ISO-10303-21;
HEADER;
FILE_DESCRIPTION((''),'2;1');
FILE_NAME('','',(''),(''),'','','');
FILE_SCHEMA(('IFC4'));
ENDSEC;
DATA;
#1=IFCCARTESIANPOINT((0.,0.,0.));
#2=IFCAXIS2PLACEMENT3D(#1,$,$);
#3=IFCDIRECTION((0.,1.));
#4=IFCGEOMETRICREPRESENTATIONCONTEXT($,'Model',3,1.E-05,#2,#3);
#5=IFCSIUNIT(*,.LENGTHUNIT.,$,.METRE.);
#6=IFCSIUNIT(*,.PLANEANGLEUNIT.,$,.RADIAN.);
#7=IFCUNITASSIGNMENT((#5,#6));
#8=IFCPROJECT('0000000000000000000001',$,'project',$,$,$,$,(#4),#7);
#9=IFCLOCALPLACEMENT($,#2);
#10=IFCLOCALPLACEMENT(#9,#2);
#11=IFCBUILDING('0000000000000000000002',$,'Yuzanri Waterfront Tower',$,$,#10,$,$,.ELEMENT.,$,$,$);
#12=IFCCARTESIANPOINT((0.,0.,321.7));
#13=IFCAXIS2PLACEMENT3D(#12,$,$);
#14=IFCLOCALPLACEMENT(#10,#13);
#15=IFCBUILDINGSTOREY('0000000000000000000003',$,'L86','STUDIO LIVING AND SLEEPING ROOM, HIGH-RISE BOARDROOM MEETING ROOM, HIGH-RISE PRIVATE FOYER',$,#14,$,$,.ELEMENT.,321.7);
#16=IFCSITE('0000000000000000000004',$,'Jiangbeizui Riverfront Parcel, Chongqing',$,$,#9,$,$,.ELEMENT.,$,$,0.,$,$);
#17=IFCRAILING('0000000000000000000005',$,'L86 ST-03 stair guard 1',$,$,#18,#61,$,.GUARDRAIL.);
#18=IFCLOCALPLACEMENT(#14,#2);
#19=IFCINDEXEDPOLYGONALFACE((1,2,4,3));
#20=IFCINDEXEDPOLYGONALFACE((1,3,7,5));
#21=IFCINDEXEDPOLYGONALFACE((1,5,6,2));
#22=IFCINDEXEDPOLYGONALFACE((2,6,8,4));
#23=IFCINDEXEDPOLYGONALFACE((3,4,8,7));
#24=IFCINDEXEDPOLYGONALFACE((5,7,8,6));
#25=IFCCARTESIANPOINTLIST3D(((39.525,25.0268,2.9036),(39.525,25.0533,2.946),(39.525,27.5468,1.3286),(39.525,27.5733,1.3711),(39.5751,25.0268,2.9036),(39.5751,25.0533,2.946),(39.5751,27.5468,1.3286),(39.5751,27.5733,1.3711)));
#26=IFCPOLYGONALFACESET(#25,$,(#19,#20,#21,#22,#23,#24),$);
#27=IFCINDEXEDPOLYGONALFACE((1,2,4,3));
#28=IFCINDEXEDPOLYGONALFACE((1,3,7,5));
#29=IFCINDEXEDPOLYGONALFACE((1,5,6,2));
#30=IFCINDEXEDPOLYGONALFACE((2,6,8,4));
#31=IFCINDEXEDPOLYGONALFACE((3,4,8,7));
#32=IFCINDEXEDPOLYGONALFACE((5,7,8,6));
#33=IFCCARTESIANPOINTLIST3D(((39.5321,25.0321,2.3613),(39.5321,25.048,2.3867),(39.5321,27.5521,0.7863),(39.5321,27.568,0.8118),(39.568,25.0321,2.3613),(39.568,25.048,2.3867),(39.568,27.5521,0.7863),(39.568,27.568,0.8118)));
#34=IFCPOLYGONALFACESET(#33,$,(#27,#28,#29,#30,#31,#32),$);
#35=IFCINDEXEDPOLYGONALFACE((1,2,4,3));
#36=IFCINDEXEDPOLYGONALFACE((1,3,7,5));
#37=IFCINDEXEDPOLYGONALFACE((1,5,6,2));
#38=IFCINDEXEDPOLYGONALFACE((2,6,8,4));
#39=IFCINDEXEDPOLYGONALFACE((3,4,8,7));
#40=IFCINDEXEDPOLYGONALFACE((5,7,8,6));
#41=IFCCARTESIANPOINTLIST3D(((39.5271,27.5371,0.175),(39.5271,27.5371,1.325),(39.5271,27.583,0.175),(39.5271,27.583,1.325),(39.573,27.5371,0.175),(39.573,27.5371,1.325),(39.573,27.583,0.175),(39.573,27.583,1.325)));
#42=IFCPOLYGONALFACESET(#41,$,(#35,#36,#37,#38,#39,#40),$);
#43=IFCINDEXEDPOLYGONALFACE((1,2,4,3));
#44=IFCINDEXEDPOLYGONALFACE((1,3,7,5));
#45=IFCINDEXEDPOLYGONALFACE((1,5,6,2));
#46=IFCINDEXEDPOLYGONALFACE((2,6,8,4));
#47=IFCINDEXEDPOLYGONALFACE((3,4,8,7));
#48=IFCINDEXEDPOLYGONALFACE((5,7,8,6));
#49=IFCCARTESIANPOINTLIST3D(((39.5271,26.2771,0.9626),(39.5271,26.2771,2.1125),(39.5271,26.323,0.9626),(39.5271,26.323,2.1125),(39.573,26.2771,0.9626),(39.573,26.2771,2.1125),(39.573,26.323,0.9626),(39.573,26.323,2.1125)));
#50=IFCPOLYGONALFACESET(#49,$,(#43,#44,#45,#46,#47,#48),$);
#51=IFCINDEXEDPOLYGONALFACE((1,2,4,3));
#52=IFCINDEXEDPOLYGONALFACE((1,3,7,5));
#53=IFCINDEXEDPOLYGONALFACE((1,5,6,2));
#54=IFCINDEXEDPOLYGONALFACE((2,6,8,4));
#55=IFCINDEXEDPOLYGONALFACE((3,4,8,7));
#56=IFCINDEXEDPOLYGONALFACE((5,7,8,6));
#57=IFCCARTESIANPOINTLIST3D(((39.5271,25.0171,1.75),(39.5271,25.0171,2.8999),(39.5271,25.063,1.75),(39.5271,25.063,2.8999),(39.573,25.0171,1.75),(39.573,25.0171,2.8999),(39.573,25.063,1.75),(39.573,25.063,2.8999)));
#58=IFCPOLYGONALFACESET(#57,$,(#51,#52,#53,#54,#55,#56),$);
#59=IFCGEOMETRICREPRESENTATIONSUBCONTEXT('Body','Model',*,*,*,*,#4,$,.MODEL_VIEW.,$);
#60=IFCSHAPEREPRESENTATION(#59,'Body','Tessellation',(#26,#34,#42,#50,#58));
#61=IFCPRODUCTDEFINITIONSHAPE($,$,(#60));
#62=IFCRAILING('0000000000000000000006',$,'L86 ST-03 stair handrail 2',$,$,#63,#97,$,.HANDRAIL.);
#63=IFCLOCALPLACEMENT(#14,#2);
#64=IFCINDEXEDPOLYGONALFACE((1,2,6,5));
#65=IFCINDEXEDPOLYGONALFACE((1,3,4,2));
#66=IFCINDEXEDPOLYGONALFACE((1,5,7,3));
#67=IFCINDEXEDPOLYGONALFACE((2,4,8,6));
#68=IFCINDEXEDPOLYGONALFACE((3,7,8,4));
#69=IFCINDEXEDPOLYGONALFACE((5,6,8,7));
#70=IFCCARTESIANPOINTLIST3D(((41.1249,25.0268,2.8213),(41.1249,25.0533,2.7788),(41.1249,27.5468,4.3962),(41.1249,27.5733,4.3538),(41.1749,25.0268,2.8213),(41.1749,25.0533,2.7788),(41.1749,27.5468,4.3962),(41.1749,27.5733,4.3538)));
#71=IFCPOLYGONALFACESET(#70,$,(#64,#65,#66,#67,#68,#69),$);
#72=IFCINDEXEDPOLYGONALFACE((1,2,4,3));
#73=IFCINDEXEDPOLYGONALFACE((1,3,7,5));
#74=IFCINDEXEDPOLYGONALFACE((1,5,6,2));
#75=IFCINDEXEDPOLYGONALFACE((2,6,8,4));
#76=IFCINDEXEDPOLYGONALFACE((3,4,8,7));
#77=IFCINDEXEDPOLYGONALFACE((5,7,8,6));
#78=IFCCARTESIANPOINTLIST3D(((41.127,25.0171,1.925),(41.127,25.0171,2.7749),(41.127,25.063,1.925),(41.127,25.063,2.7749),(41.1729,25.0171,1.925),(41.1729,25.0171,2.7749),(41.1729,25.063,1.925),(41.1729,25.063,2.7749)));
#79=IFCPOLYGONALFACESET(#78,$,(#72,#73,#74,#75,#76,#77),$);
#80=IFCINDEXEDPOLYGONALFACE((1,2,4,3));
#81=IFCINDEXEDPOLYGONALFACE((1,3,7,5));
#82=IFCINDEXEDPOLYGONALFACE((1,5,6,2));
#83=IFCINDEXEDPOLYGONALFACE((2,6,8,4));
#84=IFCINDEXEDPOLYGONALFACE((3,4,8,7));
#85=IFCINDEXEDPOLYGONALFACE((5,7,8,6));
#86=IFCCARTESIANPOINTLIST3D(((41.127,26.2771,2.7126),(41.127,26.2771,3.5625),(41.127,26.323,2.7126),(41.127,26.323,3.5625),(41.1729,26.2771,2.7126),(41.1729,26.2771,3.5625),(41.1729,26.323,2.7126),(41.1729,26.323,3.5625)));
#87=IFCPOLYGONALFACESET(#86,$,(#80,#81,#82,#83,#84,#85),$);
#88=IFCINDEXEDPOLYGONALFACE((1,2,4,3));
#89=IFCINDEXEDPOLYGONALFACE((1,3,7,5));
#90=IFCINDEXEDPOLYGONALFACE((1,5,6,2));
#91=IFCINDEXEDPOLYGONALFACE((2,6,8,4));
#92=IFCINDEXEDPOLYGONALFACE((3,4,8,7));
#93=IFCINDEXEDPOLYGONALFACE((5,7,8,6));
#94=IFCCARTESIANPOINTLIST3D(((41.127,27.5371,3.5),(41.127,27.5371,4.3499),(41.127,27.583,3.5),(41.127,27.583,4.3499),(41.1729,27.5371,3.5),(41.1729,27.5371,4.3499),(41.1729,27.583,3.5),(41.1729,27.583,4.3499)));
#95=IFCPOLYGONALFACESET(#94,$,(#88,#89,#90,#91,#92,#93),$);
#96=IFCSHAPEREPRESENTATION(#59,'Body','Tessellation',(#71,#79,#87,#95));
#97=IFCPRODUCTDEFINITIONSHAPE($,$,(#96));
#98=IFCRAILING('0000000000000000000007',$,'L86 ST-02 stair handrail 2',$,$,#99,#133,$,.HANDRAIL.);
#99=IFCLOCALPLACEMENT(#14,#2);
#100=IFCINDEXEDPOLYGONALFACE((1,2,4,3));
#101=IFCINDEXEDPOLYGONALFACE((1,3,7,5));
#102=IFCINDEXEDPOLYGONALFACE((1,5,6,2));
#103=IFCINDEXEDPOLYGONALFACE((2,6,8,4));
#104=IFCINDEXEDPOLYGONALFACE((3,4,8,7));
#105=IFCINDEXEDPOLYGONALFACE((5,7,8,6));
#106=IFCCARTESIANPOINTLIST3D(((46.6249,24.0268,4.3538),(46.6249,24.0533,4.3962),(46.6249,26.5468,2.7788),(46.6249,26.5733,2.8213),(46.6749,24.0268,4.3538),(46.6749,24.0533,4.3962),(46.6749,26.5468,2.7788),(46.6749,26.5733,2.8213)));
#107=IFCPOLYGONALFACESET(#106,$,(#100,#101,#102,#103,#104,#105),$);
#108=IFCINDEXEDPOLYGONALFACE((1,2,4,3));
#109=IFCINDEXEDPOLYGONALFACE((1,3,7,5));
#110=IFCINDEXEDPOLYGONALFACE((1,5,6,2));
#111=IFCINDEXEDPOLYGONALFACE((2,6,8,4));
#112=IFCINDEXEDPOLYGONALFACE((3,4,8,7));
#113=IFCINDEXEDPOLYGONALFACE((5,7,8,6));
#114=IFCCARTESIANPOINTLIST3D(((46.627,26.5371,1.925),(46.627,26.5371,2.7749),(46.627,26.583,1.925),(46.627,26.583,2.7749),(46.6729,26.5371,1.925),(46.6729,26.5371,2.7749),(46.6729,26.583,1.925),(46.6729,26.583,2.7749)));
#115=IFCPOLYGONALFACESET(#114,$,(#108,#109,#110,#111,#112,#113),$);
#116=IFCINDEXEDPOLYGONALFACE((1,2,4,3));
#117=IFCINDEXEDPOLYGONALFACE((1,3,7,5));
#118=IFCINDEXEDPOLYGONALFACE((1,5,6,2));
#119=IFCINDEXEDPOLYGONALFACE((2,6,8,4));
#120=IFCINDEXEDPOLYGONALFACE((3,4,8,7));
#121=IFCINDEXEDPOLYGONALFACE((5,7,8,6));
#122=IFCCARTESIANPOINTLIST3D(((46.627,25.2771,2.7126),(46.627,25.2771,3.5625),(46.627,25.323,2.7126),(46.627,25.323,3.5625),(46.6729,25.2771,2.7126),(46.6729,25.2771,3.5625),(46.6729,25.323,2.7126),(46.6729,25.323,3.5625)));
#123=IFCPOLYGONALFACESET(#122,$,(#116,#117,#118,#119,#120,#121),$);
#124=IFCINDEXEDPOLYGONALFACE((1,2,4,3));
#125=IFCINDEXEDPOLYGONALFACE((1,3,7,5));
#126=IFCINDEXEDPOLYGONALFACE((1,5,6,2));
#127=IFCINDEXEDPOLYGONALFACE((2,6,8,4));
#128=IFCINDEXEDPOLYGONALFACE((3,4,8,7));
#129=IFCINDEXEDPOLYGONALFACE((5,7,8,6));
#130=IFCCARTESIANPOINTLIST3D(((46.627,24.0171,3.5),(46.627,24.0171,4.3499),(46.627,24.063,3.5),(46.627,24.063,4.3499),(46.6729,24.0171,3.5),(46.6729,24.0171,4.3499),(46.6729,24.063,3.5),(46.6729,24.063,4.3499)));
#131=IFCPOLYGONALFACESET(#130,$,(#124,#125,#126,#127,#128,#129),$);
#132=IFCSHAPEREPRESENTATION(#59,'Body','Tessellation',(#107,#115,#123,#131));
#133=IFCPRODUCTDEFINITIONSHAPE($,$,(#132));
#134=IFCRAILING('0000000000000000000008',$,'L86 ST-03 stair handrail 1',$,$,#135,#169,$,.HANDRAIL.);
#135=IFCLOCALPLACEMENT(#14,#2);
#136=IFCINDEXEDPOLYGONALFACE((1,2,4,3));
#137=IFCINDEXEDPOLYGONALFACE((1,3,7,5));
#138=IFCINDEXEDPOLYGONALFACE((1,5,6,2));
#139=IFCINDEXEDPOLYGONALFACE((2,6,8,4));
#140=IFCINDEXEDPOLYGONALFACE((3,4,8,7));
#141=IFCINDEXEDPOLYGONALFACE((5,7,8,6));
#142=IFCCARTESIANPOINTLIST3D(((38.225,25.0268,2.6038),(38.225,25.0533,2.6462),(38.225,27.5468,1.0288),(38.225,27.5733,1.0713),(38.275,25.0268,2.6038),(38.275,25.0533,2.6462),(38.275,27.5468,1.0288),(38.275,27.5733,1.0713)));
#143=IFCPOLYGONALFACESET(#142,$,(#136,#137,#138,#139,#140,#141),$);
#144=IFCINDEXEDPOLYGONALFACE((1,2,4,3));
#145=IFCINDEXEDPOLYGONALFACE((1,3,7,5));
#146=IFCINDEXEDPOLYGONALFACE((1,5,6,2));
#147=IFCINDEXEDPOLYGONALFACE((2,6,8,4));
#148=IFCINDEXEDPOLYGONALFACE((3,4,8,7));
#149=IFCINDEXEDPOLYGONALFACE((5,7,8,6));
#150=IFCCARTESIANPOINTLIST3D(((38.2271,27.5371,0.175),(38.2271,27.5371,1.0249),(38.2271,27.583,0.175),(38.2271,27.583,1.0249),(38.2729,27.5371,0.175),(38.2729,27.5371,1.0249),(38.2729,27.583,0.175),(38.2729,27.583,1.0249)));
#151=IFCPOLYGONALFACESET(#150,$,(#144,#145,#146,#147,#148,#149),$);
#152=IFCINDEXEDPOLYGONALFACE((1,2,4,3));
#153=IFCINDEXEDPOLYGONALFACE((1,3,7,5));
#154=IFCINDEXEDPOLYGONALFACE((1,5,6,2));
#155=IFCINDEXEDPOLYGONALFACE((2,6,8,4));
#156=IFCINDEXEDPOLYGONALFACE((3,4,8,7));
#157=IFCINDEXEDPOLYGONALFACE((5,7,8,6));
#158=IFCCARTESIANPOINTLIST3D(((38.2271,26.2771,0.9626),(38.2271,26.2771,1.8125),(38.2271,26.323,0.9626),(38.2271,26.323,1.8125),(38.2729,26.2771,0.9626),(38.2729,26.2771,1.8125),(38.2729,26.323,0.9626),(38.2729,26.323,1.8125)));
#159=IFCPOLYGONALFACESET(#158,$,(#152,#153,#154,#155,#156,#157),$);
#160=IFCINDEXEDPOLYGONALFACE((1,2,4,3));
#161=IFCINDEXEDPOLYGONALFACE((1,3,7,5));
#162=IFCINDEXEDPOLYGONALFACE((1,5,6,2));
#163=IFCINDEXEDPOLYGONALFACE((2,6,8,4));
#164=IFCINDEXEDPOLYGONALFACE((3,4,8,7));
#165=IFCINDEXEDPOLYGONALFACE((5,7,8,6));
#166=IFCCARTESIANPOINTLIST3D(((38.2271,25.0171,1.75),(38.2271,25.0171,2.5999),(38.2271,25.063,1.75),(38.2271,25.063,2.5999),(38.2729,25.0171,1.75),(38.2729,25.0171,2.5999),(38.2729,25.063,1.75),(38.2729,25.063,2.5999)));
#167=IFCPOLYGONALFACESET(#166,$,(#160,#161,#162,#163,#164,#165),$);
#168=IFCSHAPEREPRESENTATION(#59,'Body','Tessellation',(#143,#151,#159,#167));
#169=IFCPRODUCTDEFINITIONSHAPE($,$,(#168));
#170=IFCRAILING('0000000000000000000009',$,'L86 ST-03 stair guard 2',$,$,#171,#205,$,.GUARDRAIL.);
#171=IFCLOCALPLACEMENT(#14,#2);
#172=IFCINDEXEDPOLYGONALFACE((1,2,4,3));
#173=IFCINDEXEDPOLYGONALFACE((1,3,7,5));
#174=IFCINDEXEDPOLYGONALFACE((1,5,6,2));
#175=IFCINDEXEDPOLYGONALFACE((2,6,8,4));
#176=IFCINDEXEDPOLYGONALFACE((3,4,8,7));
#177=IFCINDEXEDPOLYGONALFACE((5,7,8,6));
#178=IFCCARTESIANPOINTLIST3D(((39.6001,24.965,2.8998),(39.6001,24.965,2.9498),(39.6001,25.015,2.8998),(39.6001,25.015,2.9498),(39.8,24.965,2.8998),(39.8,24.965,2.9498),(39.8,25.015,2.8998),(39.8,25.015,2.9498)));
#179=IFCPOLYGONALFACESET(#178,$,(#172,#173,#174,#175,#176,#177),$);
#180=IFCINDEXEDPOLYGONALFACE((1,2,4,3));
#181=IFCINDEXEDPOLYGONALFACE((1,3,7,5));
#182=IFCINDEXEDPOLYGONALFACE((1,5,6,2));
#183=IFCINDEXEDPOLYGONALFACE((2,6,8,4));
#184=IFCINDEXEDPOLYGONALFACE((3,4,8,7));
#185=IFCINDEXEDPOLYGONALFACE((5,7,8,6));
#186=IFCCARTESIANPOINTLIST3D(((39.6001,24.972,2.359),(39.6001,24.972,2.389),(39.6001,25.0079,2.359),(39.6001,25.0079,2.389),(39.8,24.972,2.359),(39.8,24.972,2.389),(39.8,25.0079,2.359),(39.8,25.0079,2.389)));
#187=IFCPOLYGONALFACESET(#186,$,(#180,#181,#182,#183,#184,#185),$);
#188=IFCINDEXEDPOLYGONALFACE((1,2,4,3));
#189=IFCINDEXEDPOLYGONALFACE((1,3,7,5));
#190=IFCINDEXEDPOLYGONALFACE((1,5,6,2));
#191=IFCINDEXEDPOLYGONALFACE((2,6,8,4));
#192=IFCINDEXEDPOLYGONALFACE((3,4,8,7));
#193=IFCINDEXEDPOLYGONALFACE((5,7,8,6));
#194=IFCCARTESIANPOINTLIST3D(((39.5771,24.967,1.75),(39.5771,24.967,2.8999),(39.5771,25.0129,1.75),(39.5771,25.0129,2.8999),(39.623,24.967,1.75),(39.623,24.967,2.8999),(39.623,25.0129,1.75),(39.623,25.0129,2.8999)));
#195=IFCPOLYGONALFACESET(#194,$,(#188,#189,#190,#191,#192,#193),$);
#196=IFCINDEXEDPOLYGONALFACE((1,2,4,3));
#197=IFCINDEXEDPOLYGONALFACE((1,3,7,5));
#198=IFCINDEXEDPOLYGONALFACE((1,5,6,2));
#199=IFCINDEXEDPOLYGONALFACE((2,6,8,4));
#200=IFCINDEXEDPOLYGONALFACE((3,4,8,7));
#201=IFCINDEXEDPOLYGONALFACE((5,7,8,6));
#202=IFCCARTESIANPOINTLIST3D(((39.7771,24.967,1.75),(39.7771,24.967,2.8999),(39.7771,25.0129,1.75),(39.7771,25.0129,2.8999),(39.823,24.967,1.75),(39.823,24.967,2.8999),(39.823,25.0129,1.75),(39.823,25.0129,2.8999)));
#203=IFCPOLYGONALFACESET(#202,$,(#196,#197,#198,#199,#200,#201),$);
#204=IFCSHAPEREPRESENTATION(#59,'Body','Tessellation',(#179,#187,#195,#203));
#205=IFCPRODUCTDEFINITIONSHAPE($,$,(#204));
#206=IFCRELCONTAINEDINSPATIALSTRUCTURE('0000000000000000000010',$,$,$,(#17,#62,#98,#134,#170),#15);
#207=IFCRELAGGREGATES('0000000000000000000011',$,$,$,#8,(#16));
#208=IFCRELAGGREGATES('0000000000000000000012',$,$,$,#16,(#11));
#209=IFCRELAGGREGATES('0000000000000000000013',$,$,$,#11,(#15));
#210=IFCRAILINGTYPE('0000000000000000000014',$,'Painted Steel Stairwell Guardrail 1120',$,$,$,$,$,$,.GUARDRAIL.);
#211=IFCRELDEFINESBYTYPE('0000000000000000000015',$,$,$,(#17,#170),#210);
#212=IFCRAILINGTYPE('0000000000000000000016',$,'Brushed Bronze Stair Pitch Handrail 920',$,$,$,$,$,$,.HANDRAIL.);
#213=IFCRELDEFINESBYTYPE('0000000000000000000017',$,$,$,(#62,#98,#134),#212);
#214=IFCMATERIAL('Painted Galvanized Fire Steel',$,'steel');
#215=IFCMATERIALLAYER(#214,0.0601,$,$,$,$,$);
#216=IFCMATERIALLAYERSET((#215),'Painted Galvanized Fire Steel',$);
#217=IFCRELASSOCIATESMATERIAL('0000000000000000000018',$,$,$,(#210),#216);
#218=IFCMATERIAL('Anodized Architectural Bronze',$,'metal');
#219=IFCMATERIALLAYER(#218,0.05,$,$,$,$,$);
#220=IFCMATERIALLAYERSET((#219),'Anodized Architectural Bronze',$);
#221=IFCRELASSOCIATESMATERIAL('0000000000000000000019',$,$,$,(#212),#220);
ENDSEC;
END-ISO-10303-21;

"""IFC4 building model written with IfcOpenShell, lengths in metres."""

from ifc_helpers import new_model, si_unit, direction, frame, origin, origin_2d, place, context, subcontext, project, spatial, rectangle, extrude, source, transform, mapped, material, layer, layer_set, type_object, element, save


model = new_model("IFC4")

# Units and contexts
model_context = context("Model", 3, precision=1e-05, world=origin(), true_north=direction((0.0, 1.0)))
body_context = subcontext(model_context, "Body", "Model", "MODEL_VIEW")
ifc_project = project(units=[si_unit("LENGTHUNIT", "METRE"), si_unit("PLANEANGLEUNIT", "RADIAN")], contexts=[model_context])

# Site, building, storey
site_placement = place(None, origin())
site = spatial("IfcSite", under=ifc_project, at=site_placement, Name="Jiangbeizui Riverfront Parcel, Chongqing", CompositionType="ELEMENT", RefElevation=0.0)
building_placement = place(site_placement, origin())
building = spatial("IfcBuilding", under=site, at=building_placement, Name="Yuzanri Waterfront Tower", CompositionType="ELEMENT")
storey_placement = place(building_placement, frame((0.0, 0.0, 321.7)))
storey = spatial("IfcBuildingStorey", under=building, at=storey_placement, Name="L86", Description="STUDIO LIVING AND SLEEPING ROOM, HIGH-RISE BOARDROOM MEETING ROOM, HIGH-RISE PRIVATE FOYER", CompositionType="ELEMENT", Elevation=321.7)

# Railings
ifc_material_1 = material(Name="Painted Galvanized Fire Steel", Category="steel")
ifc_layer_1 = layer(ifc_material_1, 0.0601)
ifc_layer_set_1 = layer_set([ifc_layer_1], Name="Painted Galvanized Fire Steel")
railing_type_1 = type_object("IfcRailingType", Name="Painted Steel Stairwell Guardrail 1120", PredefinedType="GUARDRAIL", material=ifc_layer_set_1)
shared_shape_1 = source(origin(), body_context, "Body", "SweptSolid", [
    extrude(rectangle(XDim=0.05, YDim=0.05, at=origin_2d()), frame((0.0, 0.0, 1.1748), z_axis=(0.0, -0.848008, 0.529984), x_axis=(1.0, 0.0, 0.0)), (0.0, 0.0, 1.0), 2.9717),
    extrude(rectangle(XDim=0.0359, YDim=0.03, at=origin_2d()), frame((0.0, 0.0, 0.624), z_axis=(0.0, -0.848008, 0.529984), x_axis=(1.0, 0.0, 0.0)), (0.0, 0.0, 1.0), 2.9717),
    extrude(rectangle(XDim=0.0459, YDim=0.0459, at=origin_2d()), origin(), (0.0, 0.0, 1.0), 1.1499),
    extrude(rectangle(XDim=0.0459, YDim=0.0459, at=origin_2d()), frame((0.0, -1.26, 0.7876)), (0.0, 0.0, 1.0), 1.1499),
    extrude(rectangle(XDim=0.0459, YDim=0.0459, at=origin_2d()), frame((0.0, -2.52, 1.575)), (0.0, 0.0, 1.0), 1.1499),
])
railing_1_placement = place(storey_placement, frame((39.55, 27.5601, 0.175)))
element("IfcRailing", 1, at=railing_1_placement, inside=storey, type_object=railing_type_1, Name="L86 ST-03 stair guard 1", PredefinedType="GUARDRAIL", context=body_context, shape_type="MappedRepresentation", body=[
    mapped(shared_shape_1, transform((0.0, 0.0, 0.0), scale=1.0)),
])
ifc_material_2 = material(Name="Anodized Architectural Bronze", Category="metal")
ifc_layer_2 = layer(ifc_material_2, 0.05)
ifc_layer_set_2 = layer_set([ifc_layer_2], Name="Anodized Architectural Bronze")
railing_type_2 = type_object("IfcRailingType", Name="Brushed Bronze Stair Pitch Handrail 920", PredefinedType="HANDRAIL", material=ifc_layer_set_2)
shared_shape_2 = source(origin(), body_context, "Body", "SweptSolid", [
    extrude(rectangle(XDim=0.05, YDim=0.05, at=origin_2d()), frame((0.0, 0.0, 0.875), z_axis=(0.0, 0.848008, 0.529984), x_axis=(-1.0, 0.0, 0.0)), (0.0, 0.0, 1.0), 2.9717),
    extrude(rectangle(XDim=0.0459, YDim=0.0459, at=origin_2d()), origin(), (0.0, 0.0, 1.0), 0.8499),
    extrude(rectangle(XDim=0.0459, YDim=0.0459, at=origin_2d()), frame((0.0, 1.26, 0.7876)), (0.0, 0.0, 1.0), 0.8499),
    extrude(rectangle(XDim=0.0459, YDim=0.0459, at=origin_2d()), frame((0.0, 2.52, 1.575)), (0.0, 0.0, 1.0), 0.8499),
])
railing_2_placement = place(storey_placement, frame((41.1499, 25.04, 1.925)))
element("IfcRailing", 2, at=railing_2_placement, inside=storey, type_object=railing_type_2, Name="L86 ST-03 stair handrail 2", PredefinedType="HANDRAIL", context=body_context, shape_type="MappedRepresentation", body=[
    mapped(shared_shape_2, transform((0.0, 0.0, 0.0), scale=1.0)),
])
shared_shape_3 = source(origin(), body_context, "Body", "SweptSolid", [
    extrude(rectangle(XDim=0.05, YDim=0.05, at=origin_2d()), frame((0.0, 0.0, 0.875), z_axis=(0.0, -0.848008, 0.529984), x_axis=(1.0, 0.0, 0.0)), (0.0, 0.0, 1.0), 2.9717),
    extrude(rectangle(XDim=0.0459, YDim=0.0459, at=origin_2d()), origin(), (0.0, 0.0, 1.0), 0.8499),
    extrude(rectangle(XDim=0.0459, YDim=0.0459, at=origin_2d()), frame((0.0, -1.26, 0.7876)), (0.0, 0.0, 1.0), 0.8499),
    extrude(rectangle(XDim=0.0459, YDim=0.0459, at=origin_2d()), frame((0.0, -2.52, 1.575)), (0.0, 0.0, 1.0), 0.8499),
])
for number, where, name in (
    (3, (46.6499, 26.5601, 1.925), "L86 ST-02 stair handrail 2"),
    (4, (38.25, 27.5601, 0.175), "L86 ST-03 stair handrail 1"),
):
    element("IfcRailing", number, at=place(storey_placement, frame(where)), inside=storey, type_object=railing_type_2, Name=name, PredefinedType="HANDRAIL", context=body_context, shape_type="MappedRepresentation", body=[
        mapped(shared_shape_3, transform((0.0, 0.0, 0.0), scale=1.0)),
    ])
shared_shape_4 = source(origin(), body_context, "Body", "SweptSolid", [
    extrude(rectangle(XDim=0.05, YDim=0.05, at=origin_2d()), frame((0.0, 0.0, 1.1748), z_axis=(1.0, 0.0, 0.0), x_axis=(0.0, 1.0, 0.0)), (0.0, 0.0, 1.0), 0.2),
    extrude(rectangle(XDim=0.0359, YDim=0.03, at=origin_2d()), frame((0.0, 0.0, 0.624), z_axis=(1.0, 0.0, 0.0), x_axis=(0.0, 1.0, 0.0)), (0.0, 0.0, 1.0), 0.2),
    extrude(rectangle(XDim=0.0459, YDim=0.0459, at=origin_2d()), origin(), (0.0, 0.0, 1.0), 1.1499),
    extrude(rectangle(XDim=0.0459, YDim=0.0459, at=origin_2d()), frame((0.2, 0.0, 0.0)), (0.0, 0.0, 1.0), 1.1499),
])
for number, where, name in (
    (5, (39.6001, 24.99, 1.75), "L86 ST-03 stair guard 2"),
):
    element("IfcRailing", number, at=place(storey_placement, frame(where)), inside=storey, type_object=railing_type_1, Name=name, PredefinedType="GUARDRAIL", context=body_context, shape_type="MappedRepresentation", body=[
        mapped(shared_shape_4, transform((0.0, 0.0, 0.0), scale=1.0)),
    ])

save(model, "model.ifc")
